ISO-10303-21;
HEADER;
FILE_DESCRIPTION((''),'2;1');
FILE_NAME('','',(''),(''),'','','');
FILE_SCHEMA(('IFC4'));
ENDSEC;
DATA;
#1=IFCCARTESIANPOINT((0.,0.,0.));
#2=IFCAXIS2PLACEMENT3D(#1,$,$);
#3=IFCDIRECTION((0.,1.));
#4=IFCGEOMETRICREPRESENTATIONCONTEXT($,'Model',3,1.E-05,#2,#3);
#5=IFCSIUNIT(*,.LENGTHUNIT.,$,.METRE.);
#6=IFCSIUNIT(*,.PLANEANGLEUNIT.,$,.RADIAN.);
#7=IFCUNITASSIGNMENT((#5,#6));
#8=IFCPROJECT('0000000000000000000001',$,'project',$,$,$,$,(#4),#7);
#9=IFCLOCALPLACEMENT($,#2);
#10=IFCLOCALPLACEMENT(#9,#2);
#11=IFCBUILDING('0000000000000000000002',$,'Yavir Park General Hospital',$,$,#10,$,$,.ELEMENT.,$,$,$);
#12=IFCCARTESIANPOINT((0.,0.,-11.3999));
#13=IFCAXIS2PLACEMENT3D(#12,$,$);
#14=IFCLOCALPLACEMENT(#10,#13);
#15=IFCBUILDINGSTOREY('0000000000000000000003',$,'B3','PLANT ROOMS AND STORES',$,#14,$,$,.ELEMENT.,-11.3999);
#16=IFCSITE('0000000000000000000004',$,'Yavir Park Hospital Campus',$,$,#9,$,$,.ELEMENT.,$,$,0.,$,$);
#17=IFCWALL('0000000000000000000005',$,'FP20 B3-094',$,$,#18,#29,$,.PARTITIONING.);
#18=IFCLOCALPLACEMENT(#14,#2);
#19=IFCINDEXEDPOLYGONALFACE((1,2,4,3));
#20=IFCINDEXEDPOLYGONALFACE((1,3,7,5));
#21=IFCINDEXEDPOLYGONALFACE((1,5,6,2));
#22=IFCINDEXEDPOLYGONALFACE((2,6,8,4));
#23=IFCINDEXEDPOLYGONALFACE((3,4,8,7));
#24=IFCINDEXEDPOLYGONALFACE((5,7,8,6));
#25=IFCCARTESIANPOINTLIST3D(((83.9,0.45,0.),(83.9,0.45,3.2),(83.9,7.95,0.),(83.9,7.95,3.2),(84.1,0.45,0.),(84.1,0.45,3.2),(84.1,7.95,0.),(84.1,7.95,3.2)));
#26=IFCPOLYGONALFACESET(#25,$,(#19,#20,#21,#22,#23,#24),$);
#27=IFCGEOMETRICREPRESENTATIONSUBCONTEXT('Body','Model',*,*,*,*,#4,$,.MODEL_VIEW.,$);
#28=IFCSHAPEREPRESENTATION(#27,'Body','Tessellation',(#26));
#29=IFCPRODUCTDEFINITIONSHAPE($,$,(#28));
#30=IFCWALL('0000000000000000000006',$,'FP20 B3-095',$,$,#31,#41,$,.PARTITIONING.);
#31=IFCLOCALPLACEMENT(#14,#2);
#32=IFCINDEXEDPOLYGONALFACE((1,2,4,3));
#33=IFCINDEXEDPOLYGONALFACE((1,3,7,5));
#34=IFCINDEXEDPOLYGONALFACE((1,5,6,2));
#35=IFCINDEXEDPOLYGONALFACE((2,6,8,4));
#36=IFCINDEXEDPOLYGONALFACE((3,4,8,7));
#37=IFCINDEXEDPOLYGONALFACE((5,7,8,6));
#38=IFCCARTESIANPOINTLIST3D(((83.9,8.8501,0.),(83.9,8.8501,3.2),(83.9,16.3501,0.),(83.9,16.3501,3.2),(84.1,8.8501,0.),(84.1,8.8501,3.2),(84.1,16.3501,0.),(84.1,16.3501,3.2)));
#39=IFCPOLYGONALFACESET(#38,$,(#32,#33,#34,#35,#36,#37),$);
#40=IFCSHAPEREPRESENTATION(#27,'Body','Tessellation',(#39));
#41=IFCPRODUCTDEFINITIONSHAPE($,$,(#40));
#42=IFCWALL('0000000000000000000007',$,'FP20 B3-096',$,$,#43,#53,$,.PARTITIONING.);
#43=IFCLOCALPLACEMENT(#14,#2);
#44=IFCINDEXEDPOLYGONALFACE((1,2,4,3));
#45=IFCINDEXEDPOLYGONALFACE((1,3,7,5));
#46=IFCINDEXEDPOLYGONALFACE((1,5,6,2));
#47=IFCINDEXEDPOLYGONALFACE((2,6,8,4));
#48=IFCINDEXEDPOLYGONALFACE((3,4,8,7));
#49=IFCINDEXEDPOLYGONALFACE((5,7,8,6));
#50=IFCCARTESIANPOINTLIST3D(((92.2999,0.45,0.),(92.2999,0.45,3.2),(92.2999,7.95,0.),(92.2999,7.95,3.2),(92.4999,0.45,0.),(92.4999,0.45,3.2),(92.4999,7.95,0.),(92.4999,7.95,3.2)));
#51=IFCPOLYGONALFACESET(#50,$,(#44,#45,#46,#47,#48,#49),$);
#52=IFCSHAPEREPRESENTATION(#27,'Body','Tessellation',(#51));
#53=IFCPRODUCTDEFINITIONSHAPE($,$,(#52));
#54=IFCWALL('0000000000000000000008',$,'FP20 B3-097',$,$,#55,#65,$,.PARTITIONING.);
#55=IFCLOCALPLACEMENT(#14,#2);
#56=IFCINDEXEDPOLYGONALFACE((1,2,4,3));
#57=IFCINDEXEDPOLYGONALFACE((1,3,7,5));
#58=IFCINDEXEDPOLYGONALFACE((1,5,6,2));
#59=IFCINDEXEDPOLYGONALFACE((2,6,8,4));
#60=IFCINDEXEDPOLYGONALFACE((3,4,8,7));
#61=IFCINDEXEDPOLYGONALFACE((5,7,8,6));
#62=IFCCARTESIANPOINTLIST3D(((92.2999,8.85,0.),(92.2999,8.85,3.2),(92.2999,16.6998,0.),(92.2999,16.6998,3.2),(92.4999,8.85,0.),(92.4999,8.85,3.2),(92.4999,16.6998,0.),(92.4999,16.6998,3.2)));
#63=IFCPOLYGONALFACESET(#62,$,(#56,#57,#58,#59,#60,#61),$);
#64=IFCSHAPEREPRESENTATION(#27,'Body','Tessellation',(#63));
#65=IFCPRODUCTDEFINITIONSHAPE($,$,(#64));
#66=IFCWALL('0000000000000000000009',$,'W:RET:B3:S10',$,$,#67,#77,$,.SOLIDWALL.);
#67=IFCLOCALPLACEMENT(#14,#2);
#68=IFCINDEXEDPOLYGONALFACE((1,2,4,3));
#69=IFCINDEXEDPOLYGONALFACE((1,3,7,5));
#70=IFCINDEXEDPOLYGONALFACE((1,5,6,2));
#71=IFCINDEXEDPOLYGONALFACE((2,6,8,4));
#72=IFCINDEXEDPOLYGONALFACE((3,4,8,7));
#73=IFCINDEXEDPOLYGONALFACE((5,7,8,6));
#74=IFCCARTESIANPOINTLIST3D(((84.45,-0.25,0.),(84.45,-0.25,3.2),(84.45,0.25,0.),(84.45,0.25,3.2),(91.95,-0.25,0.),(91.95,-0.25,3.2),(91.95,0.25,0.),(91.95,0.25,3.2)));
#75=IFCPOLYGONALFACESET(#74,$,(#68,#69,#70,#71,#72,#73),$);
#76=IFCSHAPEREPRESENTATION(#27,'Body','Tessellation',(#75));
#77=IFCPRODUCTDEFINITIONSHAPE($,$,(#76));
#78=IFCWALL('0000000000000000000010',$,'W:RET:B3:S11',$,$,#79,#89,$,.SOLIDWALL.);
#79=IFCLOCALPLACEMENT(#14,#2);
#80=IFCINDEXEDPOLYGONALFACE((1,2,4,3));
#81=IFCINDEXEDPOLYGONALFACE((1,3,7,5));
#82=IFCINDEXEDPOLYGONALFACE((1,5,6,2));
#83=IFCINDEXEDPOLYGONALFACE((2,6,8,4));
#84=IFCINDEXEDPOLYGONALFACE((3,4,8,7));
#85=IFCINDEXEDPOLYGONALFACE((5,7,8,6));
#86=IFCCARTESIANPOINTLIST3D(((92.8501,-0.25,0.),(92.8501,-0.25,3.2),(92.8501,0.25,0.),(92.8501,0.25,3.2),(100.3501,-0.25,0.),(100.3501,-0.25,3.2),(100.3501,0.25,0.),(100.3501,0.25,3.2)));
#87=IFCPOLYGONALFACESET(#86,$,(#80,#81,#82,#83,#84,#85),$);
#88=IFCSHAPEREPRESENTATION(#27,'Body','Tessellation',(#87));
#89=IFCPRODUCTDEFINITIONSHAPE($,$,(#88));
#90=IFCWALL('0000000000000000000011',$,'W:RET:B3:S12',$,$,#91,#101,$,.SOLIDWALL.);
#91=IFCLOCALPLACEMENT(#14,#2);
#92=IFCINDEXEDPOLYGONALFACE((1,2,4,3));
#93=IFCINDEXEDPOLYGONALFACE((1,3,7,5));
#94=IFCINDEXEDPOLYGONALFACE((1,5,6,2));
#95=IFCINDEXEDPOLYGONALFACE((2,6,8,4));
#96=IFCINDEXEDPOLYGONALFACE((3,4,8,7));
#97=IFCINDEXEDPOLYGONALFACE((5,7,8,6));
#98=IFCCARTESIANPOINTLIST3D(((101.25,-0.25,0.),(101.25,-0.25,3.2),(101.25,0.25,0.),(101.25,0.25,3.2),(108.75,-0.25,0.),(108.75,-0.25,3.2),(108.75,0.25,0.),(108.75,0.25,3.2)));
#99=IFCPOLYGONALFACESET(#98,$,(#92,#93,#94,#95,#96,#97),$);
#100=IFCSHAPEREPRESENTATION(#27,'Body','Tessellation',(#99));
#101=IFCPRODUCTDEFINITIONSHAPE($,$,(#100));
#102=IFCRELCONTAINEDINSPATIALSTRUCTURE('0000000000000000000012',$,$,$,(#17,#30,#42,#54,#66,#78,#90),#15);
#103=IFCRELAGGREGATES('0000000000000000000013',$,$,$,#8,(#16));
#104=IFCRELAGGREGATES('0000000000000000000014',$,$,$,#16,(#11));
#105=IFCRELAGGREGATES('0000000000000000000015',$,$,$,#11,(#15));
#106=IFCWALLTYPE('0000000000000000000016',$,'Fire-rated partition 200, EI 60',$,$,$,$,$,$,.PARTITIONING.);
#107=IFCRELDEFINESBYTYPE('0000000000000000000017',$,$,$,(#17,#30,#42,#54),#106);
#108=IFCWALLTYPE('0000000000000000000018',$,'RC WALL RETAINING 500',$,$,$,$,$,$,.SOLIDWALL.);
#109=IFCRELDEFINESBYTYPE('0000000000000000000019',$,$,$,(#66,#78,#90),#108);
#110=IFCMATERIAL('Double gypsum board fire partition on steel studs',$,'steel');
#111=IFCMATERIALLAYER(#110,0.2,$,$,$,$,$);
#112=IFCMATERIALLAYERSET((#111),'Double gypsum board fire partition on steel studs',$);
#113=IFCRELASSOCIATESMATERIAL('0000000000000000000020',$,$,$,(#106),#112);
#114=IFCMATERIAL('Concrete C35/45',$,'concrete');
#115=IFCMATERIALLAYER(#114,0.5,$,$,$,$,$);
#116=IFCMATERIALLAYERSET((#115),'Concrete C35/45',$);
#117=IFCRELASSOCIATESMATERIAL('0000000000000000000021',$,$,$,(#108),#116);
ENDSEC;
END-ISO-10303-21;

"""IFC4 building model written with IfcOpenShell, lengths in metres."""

from ifc_helpers import new_model, si_unit, direction, frame, frame_2d, origin, place, context, subcontext, project, spatial, rectangle, extrude, material, layer, layer_set, type_object, element, save


model = new_model("IFC4")

# Units and contexts
model_context = context("Model", 3, precision=1e-05, world=origin(), true_north=direction((0.0, 1.0)))
body_context = subcontext(model_context, "Body", "Model", "MODEL_VIEW")
ifc_project = project(units=[si_unit("LENGTHUNIT", "METRE"), si_unit("PLANEANGLEUNIT", "RADIAN")], contexts=[model_context])

# Site, building, storey
site_placement = place(None, origin())
site = spatial("IfcSite", under=ifc_project, at=site_placement, Name="Yavir Park Hospital Campus", CompositionType="ELEMENT", RefElevation=0.0)
building_placement = place(site_placement, origin())
building = spatial("IfcBuilding", under=site, at=building_placement, Name="Yavir Park General Hospital", CompositionType="ELEMENT")
storey_placement = place(building_placement, frame((0.0, 0.0, -11.3999)))
storey = spatial("IfcBuildingStorey", under=building, at=storey_placement, Name="B3", Description="PLANT ROOMS AND STORES", CompositionType="ELEMENT", Elevation=-11.3999)

# Shared definitions
ifc_material_1 = material(Name="Double gypsum board fire partition on steel studs", Category="steel")
ifc_layer_1 = layer(ifc_material_1, 0.2)
ifc_layer_set_1 = layer_set([ifc_layer_1], Name="Double gypsum board fire partition on steel studs")
wall_type_1 = type_object("IfcWallType", Name="Fire-rated partition 200, EI 60", PredefinedType="PARTITIONING", material=ifc_layer_set_1)

# Walls
for number, where, z_axis, x_axis, name in (
    (1, (84.0, 0.45, 0.0), (0.0, 0.0, 1.0), (0.0, 1.0, 0.0), "FP20 B3-094"),
    (2, (84.0, 8.8501, 0.0), (0.0, 0.0, 1.0), (0.0, 1.0, 0.0), "FP20 B3-095"),
    (3, (92.3999, 0.45, 0.0), (0.0, 0.0, 1.0), (0.0, 1.0, 0.0), "FP20 B3-096"),
):
    element("IfcWall", number, at=place(storey_placement, frame(where, z_axis=z_axis, x_axis=x_axis)), inside=storey, type_object=wall_type_1, Name=name, PredefinedType="PARTITIONING", context=body_context, shape_type="SweptSolid", body=[
        extrude(rectangle(XDim=7.5, YDim=0.2, at=frame_2d((3.75, 0.0))), origin(), (0.0, 0.0, 1.0), 3.2),
    ])
wall_1_placement = place(storey_placement, frame((92.3999, 8.8501, 0.0), z_axis=(0.0, 0.0, 1.0), x_axis=(0.0, 1.0, 0.0)))
element("IfcWall", 4, at=wall_1_placement, inside=storey, type_object=wall_type_1, Name="FP20 B3-097", PredefinedType="PARTITIONING", context=body_context, shape_type="SweptSolid", body=[
    extrude(rectangle(XDim=7.8499, YDim=0.2, at=frame_2d((3.9248, 0.0))), origin(), (0.0, 0.0, 1.0), 3.2),
])
ifc_material_2 = material(Name="Concrete C35/45", Category="concrete")
ifc_layer_2 = layer(ifc_material_2, 0.5)
ifc_layer_set_2 = layer_set([ifc_layer_2], Name="Concrete C35/45")
wall_type_2 = type_object("IfcWallType", Name="RC WALL RETAINING 500", PredefinedType="SOLIDWALL", material=ifc_layer_set_2)
for number, where, z_axis, x_axis, name in (
    (5, (84.45, 0.0, 0.0), (0.0, 0.0, 1.0), (1.0, 0.0, 0.0), "W:RET:B3:S10"),
    (6, (92.8501, 0.0, 0.0), (0.0, 0.0, 1.0), (1.0, 0.0, 0.0), "W:RET:B3:S11"),
    (7, (101.25, 0.0, 0.0), (0.0, 0.0, 1.0), (1.0, 0.0, 0.0), "W:RET:B3:S12"),
):
    element("IfcWall", number, at=place(storey_placement, frame(where, z_axis=z_axis, x_axis=x_axis)), inside=storey, type_object=wall_type_2, Name=name, PredefinedType="SOLIDWALL", context=body_context, shape_type="SweptSolid", body=[
        extrude(rectangle(XDim=7.5, YDim=0.5, at=frame_2d((3.75, 0.0))), origin(), (0.0, 0.0, 1.0), 3.2),
    ])

save(model, "model.ifc")
